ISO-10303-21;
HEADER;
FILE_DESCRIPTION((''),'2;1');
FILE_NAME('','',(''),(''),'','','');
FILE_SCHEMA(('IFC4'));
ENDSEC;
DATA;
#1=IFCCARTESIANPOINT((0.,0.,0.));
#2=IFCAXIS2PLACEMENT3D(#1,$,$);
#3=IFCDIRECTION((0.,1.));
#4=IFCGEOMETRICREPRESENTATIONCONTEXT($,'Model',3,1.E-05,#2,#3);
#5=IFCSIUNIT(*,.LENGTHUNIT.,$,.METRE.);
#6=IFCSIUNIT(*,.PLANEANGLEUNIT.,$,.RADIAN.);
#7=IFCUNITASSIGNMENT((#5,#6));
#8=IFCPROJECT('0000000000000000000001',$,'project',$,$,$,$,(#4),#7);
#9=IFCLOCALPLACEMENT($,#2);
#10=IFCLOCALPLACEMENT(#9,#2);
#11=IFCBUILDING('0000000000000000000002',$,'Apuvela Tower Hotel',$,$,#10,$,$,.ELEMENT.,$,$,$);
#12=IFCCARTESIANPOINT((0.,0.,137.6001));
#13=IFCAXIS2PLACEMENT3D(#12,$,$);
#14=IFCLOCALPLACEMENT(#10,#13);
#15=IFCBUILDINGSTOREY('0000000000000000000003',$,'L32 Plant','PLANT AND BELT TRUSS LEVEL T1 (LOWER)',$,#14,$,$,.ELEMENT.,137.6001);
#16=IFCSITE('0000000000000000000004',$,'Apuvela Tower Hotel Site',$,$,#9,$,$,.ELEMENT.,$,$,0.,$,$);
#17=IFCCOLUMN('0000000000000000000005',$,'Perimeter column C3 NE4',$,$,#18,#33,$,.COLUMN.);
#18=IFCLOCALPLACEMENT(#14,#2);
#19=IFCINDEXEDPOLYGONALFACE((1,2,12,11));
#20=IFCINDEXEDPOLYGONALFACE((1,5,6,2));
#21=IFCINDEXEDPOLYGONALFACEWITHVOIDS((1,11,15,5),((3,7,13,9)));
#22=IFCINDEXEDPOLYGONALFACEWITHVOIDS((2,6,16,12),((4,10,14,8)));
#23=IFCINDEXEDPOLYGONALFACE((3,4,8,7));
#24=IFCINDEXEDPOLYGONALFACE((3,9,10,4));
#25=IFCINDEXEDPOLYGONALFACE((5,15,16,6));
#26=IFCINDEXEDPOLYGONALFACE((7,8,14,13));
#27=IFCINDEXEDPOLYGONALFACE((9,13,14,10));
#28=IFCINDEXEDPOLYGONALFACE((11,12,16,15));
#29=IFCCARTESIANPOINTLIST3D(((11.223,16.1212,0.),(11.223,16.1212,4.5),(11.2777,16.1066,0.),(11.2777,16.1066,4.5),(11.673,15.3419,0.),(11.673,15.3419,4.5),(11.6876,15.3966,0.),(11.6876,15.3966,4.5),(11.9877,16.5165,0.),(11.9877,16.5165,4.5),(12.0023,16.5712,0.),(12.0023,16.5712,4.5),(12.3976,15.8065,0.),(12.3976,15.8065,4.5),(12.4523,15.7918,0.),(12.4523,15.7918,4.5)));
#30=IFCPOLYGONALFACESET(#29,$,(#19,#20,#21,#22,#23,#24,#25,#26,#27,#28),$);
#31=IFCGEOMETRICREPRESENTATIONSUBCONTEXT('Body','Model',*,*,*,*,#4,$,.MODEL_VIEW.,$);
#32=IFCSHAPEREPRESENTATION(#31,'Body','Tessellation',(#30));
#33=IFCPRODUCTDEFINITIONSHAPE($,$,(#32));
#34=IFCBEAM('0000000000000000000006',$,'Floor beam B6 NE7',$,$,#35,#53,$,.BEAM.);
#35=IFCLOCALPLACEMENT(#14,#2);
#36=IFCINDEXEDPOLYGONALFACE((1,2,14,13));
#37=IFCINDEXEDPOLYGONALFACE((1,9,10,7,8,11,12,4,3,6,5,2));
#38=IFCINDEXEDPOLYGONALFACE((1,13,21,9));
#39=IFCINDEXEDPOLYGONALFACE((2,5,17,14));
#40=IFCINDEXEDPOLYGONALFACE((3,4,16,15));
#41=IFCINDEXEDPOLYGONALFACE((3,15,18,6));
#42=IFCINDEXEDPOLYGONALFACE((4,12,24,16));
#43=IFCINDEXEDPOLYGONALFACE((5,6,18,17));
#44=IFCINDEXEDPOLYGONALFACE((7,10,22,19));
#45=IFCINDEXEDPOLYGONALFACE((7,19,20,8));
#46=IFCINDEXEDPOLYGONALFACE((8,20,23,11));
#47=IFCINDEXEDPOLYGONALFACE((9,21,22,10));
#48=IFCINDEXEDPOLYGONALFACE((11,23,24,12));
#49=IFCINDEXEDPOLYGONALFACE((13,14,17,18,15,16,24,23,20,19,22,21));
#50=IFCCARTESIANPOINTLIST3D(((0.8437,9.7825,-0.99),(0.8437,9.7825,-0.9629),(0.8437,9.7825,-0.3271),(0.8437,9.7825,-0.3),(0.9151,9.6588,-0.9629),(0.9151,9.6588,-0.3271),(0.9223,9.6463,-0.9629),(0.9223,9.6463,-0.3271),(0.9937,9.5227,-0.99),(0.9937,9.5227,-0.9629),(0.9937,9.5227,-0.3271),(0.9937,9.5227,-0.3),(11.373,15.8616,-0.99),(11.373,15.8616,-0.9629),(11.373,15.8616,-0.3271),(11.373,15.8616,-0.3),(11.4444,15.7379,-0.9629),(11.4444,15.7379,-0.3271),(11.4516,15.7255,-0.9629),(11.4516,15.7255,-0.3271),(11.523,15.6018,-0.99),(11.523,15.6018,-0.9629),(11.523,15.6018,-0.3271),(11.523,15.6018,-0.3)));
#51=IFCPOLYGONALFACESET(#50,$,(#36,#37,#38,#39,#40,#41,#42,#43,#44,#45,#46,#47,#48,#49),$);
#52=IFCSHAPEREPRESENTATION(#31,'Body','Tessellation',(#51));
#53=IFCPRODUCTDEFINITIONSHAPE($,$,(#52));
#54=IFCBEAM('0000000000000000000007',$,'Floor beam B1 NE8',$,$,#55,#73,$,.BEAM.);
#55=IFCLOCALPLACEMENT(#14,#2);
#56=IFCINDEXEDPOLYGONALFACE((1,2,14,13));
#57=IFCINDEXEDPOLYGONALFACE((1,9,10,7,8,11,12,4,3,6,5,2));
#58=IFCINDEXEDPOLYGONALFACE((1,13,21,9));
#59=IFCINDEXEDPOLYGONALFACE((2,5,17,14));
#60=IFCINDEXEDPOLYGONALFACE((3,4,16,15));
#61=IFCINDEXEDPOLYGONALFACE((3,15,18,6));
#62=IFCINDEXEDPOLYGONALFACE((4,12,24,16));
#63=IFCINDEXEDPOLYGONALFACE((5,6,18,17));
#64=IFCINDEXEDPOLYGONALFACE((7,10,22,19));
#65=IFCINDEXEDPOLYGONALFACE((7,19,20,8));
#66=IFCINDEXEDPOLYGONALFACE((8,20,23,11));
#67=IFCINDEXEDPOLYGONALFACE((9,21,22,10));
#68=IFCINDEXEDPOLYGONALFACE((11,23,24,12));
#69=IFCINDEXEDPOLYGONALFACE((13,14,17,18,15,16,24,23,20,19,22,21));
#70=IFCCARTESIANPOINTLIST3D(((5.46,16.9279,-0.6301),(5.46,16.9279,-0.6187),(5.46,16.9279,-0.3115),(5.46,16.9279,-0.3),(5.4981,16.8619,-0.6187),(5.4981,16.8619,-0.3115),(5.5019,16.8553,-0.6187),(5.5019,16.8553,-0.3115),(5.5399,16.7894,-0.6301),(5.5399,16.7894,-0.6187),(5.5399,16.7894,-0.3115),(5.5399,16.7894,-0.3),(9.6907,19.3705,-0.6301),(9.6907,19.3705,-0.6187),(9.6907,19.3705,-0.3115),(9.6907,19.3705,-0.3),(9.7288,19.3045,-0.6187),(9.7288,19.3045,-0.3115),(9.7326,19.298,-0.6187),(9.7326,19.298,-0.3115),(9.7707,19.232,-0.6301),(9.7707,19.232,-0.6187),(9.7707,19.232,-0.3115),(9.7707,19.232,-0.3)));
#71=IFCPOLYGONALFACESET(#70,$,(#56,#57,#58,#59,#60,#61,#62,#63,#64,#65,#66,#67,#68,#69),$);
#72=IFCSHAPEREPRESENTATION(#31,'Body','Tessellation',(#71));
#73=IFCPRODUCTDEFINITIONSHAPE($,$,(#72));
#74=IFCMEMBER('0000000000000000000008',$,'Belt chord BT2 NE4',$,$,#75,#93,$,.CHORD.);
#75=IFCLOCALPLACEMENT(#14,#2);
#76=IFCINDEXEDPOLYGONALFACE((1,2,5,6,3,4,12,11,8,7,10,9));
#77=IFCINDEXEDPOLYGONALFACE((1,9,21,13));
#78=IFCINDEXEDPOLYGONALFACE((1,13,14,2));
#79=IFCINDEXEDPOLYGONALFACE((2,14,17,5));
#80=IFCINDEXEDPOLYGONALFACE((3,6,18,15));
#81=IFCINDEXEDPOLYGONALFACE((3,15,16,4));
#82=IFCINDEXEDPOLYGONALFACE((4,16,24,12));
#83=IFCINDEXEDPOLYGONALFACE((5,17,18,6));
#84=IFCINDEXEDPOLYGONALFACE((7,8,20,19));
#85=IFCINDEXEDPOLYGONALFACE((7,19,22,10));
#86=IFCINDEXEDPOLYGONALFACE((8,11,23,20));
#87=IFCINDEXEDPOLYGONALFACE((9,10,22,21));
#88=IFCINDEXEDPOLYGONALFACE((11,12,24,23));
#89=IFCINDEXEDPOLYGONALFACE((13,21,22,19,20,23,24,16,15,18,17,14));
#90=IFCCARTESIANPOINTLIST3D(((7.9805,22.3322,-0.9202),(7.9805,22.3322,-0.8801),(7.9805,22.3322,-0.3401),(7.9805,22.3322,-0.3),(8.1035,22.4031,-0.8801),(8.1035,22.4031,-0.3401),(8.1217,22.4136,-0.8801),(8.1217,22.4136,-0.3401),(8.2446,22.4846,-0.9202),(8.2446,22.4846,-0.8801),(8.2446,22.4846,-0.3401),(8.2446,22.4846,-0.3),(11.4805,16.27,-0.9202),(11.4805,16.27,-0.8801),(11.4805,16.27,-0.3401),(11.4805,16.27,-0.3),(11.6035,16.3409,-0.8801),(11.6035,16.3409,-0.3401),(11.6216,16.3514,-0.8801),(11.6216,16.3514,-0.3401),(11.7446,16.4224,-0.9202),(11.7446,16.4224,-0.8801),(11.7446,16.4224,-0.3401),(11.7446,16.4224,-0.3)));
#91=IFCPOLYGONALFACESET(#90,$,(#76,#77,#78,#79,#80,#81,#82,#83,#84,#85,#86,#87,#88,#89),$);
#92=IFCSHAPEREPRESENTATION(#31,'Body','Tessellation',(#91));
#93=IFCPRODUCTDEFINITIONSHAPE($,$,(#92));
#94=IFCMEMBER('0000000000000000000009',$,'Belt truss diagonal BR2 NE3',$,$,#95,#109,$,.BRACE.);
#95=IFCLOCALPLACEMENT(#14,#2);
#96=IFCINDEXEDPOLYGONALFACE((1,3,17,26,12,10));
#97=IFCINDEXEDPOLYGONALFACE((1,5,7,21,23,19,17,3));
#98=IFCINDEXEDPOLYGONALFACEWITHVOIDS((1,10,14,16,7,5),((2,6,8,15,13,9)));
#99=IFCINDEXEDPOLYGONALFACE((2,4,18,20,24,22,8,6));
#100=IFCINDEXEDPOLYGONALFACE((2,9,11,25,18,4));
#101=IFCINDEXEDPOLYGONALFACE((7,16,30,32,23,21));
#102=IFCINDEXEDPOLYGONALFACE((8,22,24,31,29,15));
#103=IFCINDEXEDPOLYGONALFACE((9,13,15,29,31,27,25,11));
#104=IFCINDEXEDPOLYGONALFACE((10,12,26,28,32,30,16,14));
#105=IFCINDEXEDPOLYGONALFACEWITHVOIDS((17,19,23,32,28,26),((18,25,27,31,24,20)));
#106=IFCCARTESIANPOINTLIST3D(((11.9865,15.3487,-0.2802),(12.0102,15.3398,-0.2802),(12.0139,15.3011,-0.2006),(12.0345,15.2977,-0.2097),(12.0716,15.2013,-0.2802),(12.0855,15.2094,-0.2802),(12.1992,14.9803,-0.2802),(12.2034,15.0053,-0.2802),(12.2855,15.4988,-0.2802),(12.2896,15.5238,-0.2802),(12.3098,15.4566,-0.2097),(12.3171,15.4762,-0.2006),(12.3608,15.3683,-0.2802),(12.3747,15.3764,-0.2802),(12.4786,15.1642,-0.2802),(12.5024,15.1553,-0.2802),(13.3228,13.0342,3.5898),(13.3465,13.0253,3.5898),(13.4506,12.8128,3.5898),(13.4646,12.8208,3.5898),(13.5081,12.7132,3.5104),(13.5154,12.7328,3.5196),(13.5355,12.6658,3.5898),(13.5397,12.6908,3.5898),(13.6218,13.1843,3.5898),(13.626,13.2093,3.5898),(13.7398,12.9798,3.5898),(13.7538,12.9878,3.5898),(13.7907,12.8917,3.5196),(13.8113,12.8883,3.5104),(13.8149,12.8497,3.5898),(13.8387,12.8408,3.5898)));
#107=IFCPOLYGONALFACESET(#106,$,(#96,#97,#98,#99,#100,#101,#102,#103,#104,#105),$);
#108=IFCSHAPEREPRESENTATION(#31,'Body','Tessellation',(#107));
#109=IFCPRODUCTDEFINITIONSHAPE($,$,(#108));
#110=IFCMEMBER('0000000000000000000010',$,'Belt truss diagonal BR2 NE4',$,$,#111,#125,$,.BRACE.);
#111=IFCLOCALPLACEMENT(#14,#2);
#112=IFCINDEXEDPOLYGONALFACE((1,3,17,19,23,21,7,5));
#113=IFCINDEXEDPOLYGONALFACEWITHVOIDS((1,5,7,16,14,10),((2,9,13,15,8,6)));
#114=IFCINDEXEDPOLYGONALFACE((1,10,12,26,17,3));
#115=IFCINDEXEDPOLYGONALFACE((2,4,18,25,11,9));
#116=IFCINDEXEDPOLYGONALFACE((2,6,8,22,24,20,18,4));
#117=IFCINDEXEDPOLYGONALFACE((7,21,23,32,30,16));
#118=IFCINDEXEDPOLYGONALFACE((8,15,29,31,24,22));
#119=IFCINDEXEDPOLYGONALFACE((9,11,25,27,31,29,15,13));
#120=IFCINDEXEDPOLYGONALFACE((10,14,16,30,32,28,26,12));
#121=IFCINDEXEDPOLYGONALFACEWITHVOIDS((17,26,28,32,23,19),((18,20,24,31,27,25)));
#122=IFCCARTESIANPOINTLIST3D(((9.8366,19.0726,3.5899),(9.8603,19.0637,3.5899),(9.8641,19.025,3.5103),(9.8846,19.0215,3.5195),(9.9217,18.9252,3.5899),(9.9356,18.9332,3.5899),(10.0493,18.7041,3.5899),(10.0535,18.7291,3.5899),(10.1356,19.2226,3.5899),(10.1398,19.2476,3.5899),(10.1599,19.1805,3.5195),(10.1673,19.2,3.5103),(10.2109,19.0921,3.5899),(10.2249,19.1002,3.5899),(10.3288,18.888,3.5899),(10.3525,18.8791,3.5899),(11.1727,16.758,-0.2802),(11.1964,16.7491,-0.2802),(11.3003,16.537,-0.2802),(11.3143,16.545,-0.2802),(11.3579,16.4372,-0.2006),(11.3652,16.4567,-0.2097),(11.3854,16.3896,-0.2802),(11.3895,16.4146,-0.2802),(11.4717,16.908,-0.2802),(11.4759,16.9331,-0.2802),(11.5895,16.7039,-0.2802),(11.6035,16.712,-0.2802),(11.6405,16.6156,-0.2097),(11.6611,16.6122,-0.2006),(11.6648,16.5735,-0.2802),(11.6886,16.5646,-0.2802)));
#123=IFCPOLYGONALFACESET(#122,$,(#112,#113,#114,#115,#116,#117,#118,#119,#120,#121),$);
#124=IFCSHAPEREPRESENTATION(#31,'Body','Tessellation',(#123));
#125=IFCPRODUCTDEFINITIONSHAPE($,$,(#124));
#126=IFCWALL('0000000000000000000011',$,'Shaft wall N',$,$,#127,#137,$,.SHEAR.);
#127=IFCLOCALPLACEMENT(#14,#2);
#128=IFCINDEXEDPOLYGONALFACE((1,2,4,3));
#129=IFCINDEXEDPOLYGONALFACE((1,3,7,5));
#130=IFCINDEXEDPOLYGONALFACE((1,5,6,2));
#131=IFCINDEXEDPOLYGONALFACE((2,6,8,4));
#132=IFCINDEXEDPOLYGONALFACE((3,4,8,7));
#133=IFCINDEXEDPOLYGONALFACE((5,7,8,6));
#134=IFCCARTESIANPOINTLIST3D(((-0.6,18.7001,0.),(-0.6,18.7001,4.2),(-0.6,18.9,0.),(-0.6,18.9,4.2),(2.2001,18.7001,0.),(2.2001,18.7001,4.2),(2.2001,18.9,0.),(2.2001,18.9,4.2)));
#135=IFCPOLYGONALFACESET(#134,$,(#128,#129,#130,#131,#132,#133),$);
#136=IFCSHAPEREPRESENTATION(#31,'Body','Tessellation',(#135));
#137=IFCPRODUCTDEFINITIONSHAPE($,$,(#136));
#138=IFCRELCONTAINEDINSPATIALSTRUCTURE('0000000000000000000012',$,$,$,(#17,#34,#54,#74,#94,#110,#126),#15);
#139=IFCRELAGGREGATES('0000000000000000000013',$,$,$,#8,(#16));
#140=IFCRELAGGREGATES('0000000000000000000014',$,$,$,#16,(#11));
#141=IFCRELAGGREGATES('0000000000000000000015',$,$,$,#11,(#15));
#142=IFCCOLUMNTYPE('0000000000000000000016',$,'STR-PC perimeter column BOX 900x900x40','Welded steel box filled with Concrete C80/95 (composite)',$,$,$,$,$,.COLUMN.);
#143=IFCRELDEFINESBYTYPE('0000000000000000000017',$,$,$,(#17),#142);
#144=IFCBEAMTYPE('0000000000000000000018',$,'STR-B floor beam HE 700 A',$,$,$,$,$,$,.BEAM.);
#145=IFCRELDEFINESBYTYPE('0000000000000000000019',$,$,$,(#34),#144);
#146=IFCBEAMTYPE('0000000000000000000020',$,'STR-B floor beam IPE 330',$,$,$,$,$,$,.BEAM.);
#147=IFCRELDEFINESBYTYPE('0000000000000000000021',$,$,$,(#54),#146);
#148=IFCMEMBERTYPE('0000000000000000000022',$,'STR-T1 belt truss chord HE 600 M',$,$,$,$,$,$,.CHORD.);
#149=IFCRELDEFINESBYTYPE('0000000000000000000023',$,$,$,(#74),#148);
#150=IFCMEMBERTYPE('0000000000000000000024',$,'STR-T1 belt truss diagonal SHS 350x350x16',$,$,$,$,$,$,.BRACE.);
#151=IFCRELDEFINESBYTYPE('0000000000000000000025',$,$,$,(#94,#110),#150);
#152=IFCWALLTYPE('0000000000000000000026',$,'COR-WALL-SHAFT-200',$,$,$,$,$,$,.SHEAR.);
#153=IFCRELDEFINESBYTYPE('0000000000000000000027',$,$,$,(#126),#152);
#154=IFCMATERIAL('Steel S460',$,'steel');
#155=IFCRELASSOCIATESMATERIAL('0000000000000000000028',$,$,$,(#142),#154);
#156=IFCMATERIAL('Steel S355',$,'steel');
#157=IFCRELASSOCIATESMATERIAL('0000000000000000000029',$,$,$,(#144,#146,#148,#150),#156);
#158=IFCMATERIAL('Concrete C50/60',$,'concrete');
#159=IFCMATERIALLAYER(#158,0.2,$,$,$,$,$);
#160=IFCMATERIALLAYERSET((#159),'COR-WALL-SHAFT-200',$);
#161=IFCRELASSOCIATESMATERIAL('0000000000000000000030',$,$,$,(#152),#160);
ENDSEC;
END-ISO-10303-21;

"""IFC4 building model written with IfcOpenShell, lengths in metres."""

from ifc_helpers import new_model, si_unit, direction, frame, frame_2d, origin, origin_2d, place, context, subcontext, project, spatial, rectangle, hollow_rectangle, i_section, extrude, boolean, halfspace, material, layer, layer_set, material_profile, profile_set, type_object, element, save


model = new_model("IFC4")

# Units and contexts
model_context = context("Model", 3, precision=1e-05, world=origin(), true_north=direction((0.0, 1.0)))
body_context = subcontext(model_context, "Body", "Model", "MODEL_VIEW")
ifc_project = project(units=[si_unit("LENGTHUNIT", "METRE"), si_unit("PLANEANGLEUNIT", "RADIAN")], contexts=[model_context])

# Site, building, storey
site_placement = place(None, origin())
site = spatial("IfcSite", under=ifc_project, at=site_placement, Name="Apuvela Tower Hotel Site", CompositionType="ELEMENT", RefElevation=0.0)
building_placement = place(site_placement, origin())
building = spatial("IfcBuilding", under=site, at=building_placement, Name="Apuvela Tower Hotel", CompositionType="ELEMENT")
storey_placement = place(building_placement, frame((0.0, 0.0, 137.6001)))
storey = spatial("IfcBuildingStorey", under=building, at=storey_placement, Name="L32 Plant", Description="PLANT AND BELT TRUSS LEVEL T1 (LOWER)", CompositionType="ELEMENT", Elevation=137.6001)

# Column
ifc_material_1 = material(Name="Steel S460", Category="steel")
ifc_material_profile_1 = material_profile(ifc_material_1, hollow_rectangle(XDim=0.8999, YDim=0.8999, WallThickness=0.04, at=origin_2d()), Name="BOX 900x900x40")
ifc_material_2 = material(Name="Concrete C80/95", Category="concrete")
ifc_material_profile_2 = material_profile(ifc_material_2, rectangle(XDim=0.8201, YDim=0.8201, at=origin_2d()), Name="Concrete C80/95 infill")
ifc_profile_set_1 = profile_set([ifc_material_profile_1, ifc_material_profile_2], Name="Steel S460")
column_type = type_object("IfcColumnType", Name="STR-PC perimeter column BOX 900x900x40", Description="Welded steel box filled with Concrete C80/95 (composite)", PredefinedType="COLUMN", material=ifc_profile_set_1)
column_placement = place(storey_placement, frame((11.8376, 15.9565, 0.0), z_axis=(0.0, 0.0, 1.0), x_axis=(-0.5, 0.866025, 0.0)))
element("IfcColumn", 1, at=column_placement, inside=storey, type_object=column_type, Name="Perimeter column C3 NE4", PredefinedType="COLUMN", context=body_context, shape_type="SweptSolid", body=[
    extrude(hollow_rectangle(XDim=0.8999, YDim=0.8999, WallThickness=0.04, at=origin_2d()), origin(), (0.0, 0.0, 1.0), 4.5),
])

# Beams
ifc_material_3 = material(Name="Steel S355", Category="steel")
ifc_material_profile_3 = material_profile(ifc_material_3, i_section(OverallWidth=0.3, OverallDepth=0.6899, WebThickness=0.0144, FlangeThickness=0.0271, at=origin_2d()), Name="HE 700 A")
ifc_profile_set_2 = profile_set([ifc_material_profile_3], Name="Steel S355")
beam_type_1 = type_object("IfcBeamType", Name="STR-B floor beam HE 700 A", PredefinedType="BEAM", material=ifc_profile_set_2)
beam_1_placement = place(storey_placement, frame((11.448, 15.7317, -0.645), z_axis=(-0.866025, -0.500001, 0.0), x_axis=(0.500001, -0.866025, 0.0)))
element("IfcBeam", 2, at=beam_1_placement, inside=storey, type_object=beam_type_1, Name="Floor beam B6 NE7", PredefinedType="BEAM", context=body_context, shape_type="SweptSolid", body=[
    extrude(i_section(OverallWidth=0.3, OverallDepth=0.6899, WebThickness=0.0144, FlangeThickness=0.0271, at=origin_2d()), origin(), (0.0, 0.0, 1.0), 12.1582),
])
ifc_material_profile_4 = material_profile(ifc_material_3, i_section(OverallWidth=0.1599, OverallDepth=0.3301, WebThickness=0.0076, FlangeThickness=0.0115, at=origin_2d()), Name="IPE 330")
ifc_profile_set_3 = profile_set([ifc_material_profile_4], Name="Steel S355")
beam_type_2 = type_object("IfcBeamType", Name="STR-B floor beam IPE 330", PredefinedType="BEAM", material=ifc_profile_set_3)
beam_2_placement = place(storey_placement, frame((9.7307, 19.3013, -0.4651), z_axis=(-0.866023, -0.500004, 0.0), x_axis=(0.500004, -0.866023, 0.0)))
element("IfcBeam", 3, at=beam_2_placement, inside=storey, type_object=beam_type_2, Name="Floor beam B1 NE8", PredefinedType="BEAM", context=body_context, shape_type="SweptSolid", body=[
    extrude(i_section(OverallWidth=0.1599, OverallDepth=0.3301, WebThickness=0.0076, FlangeThickness=0.0115, at=origin_2d()), origin(), (0.0, 0.0, 1.0), 4.8853),
])

# Members
ifc_material_profile_5 = material_profile(ifc_material_3, i_section(OverallWidth=0.3049, OverallDepth=0.6201, WebThickness=0.021, FlangeThickness=0.04, at=origin_2d()), Name="HE 600 M")
ifc_profile_set_4 = profile_set([ifc_material_profile_5], Name="Steel S355")
member_type_1 = type_object("IfcMemberType", Name="STR-T1 belt truss chord HE 600 M", PredefinedType="CHORD", material=ifc_profile_set_4)
member_1_placement = place(storey_placement, frame((11.6125, 16.3462, -0.6101), z_axis=(-0.499995, 0.866028, 0.0), x_axis=(-0.866028, -0.499995, 0.0)))
element("IfcMember", 4, at=member_1_placement, inside=storey, type_object=member_type_1, Name="Belt chord BT2 NE4", PredefinedType="CHORD", context=body_context, shape_type="SweptSolid", body=[
    extrude(i_section(OverallWidth=0.3049, OverallDepth=0.6201, WebThickness=0.021, FlangeThickness=0.04, at=origin_2d()), origin(), (0.0, 0.0, 1.0), 7.0),
])
ifc_material_profile_6 = material_profile(ifc_material_3, hollow_rectangle(XDim=0.3501, YDim=0.3501, WallThickness=0.0161, at=origin_2d()), Name="SHS 350x350x16")
ifc_profile_set_5 = profile_set([ifc_material_profile_6], Name="Steel S355")
member_type_2 = type_object("IfcMemberType", Name="STR-T1 belt truss diagonal SHS 350x350x16", PredefinedType="BRACE", material=ifc_profile_set_5)
member_2_placement = place(storey_placement, frame((12.2375, 15.2639, -0.3), z_axis=(0.284132, -0.492119, 0.822853), x_axis=(-0.411434, 0.712607, 0.568254)))
solid_1 = boolean("DIFFERENCE", boolean("DIFFERENCE", extrude(hollow_rectangle(XDim=0.3501, YDim=0.3501, WallThickness=0.0161, at=origin_2d()), frame((0.0, 0.0, -0.2407)), (0.0, 0.0, 1.0), 5.2332), halfspace(frame((0.0, 0.0, 0.0242), z_axis=(0.568254, 0.0, 0.822853), x_axis=(0.822853, 0.0, -0.568254)), True)), halfspace(frame((0.0, 0.0, 4.7273), z_axis=(0.568254, 0.0, 0.822853), x_axis=(0.822853, 0.0, -0.568254)), False))
element("IfcMember", 5, at=member_2_placement, inside=storey, type_object=member_type_2, Name="Belt truss diagonal BR2 NE3", PredefinedType="BRACE", context=body_context, shape_type="SweptSolid", body=[
    boolean("UNION", boolean("DIFFERENCE", boolean("DIFFERENCE", extrude(hollow_rectangle(XDim=0.3501, YDim=0.3501, WallThickness=0.0161, at=origin_2d()), origin(), (0.0, 0.0, 1.0), 4.7517), halfspace(frame((0.0, 0.0, 0.0242), z_axis=(0.568254, 0.0, 0.822853), x_axis=(0.822853, 0.0, -0.568254)), True)), halfspace(frame((0.0, 0.0, 4.7273), z_axis=(0.568254, 0.0, 0.822853), x_axis=(0.822853, 0.0, -0.568254)), False)), solid_1),
])
member_3_placement = place(storey_placement, frame((11.4375, 16.6494, -0.3), z_axis=(-0.284085, 0.492126, 0.822865), x_axis=(0.411385, -0.71265, 0.568236)))
solid_2 = boolean("DIFFERENCE", boolean("DIFFERENCE", extrude(hollow_rectangle(XDim=0.3501, YDim=0.3501, WallThickness=0.0161, at=origin_2d()), frame((0.0, 0.0, -0.2407)), (0.0, 0.0, 1.0), 5.2332), halfspace(frame((0.0, 0.0, 0.0242), z_axis=(0.568236, 0.0, 0.822865), x_axis=(0.822865, 0.0, -0.568236)), True)), halfspace(frame((0.0, 0.0, 4.7273), z_axis=(0.568236, 0.0, 0.822865), x_axis=(0.822865, 0.0, -0.568236)), False))
element("IfcMember", 6, at=member_3_placement, inside=storey, type_object=member_type_2, Name="Belt truss diagonal BR2 NE4", PredefinedType="BRACE", context=body_context, shape_type="SweptSolid", body=[
    boolean("UNION", boolean("DIFFERENCE", boolean("DIFFERENCE", extrude(hollow_rectangle(XDim=0.3501, YDim=0.3501, WallThickness=0.0161, at=origin_2d()), origin(), (0.0, 0.0, 1.0), 4.7515), halfspace(frame((0.0, 0.0, 0.0242), z_axis=(0.568236, 0.0, 0.822865), x_axis=(0.822865, 0.0, -0.568236)), True)), halfspace(frame((0.0, 0.0, 4.7273), z_axis=(0.568236, 0.0, 0.822865), x_axis=(0.822865, 0.0, -0.568236)), False)), solid_2),
])

# Wall
ifc_material_4 = material(Name="Concrete C50/60", Category="concrete")
ifc_layer_1 = layer(ifc_material_4, 0.2)
ifc_layer_set_1 = layer_set([ifc_layer_1], Name="COR-WALL-SHAFT-200")
wall_type_1 = type_object("IfcWallType", Name="COR-WALL-SHAFT-200", PredefinedType="SHEAR", material=ifc_layer_set_1)
wall_1_placement = place(storey_placement, frame((2.2, 18.8, 0.0), z_axis=(0.0, 0.0, 1.0), x_axis=(-1.0, 0.0, 0.0)))
element("IfcWall", 7, at=wall_1_placement, inside=storey, type_object=wall_type_1, Name="Shaft wall N", PredefinedType="SHEAR", context=body_context, shape_type="SweptSolid", body=[
    extrude(rectangle(XDim=2.8, YDim=0.2, at=frame_2d((1.3999, 0.0))), origin(), (0.0, 0.0, 1.0), 4.2),
])

save(model, "model.ifc")
